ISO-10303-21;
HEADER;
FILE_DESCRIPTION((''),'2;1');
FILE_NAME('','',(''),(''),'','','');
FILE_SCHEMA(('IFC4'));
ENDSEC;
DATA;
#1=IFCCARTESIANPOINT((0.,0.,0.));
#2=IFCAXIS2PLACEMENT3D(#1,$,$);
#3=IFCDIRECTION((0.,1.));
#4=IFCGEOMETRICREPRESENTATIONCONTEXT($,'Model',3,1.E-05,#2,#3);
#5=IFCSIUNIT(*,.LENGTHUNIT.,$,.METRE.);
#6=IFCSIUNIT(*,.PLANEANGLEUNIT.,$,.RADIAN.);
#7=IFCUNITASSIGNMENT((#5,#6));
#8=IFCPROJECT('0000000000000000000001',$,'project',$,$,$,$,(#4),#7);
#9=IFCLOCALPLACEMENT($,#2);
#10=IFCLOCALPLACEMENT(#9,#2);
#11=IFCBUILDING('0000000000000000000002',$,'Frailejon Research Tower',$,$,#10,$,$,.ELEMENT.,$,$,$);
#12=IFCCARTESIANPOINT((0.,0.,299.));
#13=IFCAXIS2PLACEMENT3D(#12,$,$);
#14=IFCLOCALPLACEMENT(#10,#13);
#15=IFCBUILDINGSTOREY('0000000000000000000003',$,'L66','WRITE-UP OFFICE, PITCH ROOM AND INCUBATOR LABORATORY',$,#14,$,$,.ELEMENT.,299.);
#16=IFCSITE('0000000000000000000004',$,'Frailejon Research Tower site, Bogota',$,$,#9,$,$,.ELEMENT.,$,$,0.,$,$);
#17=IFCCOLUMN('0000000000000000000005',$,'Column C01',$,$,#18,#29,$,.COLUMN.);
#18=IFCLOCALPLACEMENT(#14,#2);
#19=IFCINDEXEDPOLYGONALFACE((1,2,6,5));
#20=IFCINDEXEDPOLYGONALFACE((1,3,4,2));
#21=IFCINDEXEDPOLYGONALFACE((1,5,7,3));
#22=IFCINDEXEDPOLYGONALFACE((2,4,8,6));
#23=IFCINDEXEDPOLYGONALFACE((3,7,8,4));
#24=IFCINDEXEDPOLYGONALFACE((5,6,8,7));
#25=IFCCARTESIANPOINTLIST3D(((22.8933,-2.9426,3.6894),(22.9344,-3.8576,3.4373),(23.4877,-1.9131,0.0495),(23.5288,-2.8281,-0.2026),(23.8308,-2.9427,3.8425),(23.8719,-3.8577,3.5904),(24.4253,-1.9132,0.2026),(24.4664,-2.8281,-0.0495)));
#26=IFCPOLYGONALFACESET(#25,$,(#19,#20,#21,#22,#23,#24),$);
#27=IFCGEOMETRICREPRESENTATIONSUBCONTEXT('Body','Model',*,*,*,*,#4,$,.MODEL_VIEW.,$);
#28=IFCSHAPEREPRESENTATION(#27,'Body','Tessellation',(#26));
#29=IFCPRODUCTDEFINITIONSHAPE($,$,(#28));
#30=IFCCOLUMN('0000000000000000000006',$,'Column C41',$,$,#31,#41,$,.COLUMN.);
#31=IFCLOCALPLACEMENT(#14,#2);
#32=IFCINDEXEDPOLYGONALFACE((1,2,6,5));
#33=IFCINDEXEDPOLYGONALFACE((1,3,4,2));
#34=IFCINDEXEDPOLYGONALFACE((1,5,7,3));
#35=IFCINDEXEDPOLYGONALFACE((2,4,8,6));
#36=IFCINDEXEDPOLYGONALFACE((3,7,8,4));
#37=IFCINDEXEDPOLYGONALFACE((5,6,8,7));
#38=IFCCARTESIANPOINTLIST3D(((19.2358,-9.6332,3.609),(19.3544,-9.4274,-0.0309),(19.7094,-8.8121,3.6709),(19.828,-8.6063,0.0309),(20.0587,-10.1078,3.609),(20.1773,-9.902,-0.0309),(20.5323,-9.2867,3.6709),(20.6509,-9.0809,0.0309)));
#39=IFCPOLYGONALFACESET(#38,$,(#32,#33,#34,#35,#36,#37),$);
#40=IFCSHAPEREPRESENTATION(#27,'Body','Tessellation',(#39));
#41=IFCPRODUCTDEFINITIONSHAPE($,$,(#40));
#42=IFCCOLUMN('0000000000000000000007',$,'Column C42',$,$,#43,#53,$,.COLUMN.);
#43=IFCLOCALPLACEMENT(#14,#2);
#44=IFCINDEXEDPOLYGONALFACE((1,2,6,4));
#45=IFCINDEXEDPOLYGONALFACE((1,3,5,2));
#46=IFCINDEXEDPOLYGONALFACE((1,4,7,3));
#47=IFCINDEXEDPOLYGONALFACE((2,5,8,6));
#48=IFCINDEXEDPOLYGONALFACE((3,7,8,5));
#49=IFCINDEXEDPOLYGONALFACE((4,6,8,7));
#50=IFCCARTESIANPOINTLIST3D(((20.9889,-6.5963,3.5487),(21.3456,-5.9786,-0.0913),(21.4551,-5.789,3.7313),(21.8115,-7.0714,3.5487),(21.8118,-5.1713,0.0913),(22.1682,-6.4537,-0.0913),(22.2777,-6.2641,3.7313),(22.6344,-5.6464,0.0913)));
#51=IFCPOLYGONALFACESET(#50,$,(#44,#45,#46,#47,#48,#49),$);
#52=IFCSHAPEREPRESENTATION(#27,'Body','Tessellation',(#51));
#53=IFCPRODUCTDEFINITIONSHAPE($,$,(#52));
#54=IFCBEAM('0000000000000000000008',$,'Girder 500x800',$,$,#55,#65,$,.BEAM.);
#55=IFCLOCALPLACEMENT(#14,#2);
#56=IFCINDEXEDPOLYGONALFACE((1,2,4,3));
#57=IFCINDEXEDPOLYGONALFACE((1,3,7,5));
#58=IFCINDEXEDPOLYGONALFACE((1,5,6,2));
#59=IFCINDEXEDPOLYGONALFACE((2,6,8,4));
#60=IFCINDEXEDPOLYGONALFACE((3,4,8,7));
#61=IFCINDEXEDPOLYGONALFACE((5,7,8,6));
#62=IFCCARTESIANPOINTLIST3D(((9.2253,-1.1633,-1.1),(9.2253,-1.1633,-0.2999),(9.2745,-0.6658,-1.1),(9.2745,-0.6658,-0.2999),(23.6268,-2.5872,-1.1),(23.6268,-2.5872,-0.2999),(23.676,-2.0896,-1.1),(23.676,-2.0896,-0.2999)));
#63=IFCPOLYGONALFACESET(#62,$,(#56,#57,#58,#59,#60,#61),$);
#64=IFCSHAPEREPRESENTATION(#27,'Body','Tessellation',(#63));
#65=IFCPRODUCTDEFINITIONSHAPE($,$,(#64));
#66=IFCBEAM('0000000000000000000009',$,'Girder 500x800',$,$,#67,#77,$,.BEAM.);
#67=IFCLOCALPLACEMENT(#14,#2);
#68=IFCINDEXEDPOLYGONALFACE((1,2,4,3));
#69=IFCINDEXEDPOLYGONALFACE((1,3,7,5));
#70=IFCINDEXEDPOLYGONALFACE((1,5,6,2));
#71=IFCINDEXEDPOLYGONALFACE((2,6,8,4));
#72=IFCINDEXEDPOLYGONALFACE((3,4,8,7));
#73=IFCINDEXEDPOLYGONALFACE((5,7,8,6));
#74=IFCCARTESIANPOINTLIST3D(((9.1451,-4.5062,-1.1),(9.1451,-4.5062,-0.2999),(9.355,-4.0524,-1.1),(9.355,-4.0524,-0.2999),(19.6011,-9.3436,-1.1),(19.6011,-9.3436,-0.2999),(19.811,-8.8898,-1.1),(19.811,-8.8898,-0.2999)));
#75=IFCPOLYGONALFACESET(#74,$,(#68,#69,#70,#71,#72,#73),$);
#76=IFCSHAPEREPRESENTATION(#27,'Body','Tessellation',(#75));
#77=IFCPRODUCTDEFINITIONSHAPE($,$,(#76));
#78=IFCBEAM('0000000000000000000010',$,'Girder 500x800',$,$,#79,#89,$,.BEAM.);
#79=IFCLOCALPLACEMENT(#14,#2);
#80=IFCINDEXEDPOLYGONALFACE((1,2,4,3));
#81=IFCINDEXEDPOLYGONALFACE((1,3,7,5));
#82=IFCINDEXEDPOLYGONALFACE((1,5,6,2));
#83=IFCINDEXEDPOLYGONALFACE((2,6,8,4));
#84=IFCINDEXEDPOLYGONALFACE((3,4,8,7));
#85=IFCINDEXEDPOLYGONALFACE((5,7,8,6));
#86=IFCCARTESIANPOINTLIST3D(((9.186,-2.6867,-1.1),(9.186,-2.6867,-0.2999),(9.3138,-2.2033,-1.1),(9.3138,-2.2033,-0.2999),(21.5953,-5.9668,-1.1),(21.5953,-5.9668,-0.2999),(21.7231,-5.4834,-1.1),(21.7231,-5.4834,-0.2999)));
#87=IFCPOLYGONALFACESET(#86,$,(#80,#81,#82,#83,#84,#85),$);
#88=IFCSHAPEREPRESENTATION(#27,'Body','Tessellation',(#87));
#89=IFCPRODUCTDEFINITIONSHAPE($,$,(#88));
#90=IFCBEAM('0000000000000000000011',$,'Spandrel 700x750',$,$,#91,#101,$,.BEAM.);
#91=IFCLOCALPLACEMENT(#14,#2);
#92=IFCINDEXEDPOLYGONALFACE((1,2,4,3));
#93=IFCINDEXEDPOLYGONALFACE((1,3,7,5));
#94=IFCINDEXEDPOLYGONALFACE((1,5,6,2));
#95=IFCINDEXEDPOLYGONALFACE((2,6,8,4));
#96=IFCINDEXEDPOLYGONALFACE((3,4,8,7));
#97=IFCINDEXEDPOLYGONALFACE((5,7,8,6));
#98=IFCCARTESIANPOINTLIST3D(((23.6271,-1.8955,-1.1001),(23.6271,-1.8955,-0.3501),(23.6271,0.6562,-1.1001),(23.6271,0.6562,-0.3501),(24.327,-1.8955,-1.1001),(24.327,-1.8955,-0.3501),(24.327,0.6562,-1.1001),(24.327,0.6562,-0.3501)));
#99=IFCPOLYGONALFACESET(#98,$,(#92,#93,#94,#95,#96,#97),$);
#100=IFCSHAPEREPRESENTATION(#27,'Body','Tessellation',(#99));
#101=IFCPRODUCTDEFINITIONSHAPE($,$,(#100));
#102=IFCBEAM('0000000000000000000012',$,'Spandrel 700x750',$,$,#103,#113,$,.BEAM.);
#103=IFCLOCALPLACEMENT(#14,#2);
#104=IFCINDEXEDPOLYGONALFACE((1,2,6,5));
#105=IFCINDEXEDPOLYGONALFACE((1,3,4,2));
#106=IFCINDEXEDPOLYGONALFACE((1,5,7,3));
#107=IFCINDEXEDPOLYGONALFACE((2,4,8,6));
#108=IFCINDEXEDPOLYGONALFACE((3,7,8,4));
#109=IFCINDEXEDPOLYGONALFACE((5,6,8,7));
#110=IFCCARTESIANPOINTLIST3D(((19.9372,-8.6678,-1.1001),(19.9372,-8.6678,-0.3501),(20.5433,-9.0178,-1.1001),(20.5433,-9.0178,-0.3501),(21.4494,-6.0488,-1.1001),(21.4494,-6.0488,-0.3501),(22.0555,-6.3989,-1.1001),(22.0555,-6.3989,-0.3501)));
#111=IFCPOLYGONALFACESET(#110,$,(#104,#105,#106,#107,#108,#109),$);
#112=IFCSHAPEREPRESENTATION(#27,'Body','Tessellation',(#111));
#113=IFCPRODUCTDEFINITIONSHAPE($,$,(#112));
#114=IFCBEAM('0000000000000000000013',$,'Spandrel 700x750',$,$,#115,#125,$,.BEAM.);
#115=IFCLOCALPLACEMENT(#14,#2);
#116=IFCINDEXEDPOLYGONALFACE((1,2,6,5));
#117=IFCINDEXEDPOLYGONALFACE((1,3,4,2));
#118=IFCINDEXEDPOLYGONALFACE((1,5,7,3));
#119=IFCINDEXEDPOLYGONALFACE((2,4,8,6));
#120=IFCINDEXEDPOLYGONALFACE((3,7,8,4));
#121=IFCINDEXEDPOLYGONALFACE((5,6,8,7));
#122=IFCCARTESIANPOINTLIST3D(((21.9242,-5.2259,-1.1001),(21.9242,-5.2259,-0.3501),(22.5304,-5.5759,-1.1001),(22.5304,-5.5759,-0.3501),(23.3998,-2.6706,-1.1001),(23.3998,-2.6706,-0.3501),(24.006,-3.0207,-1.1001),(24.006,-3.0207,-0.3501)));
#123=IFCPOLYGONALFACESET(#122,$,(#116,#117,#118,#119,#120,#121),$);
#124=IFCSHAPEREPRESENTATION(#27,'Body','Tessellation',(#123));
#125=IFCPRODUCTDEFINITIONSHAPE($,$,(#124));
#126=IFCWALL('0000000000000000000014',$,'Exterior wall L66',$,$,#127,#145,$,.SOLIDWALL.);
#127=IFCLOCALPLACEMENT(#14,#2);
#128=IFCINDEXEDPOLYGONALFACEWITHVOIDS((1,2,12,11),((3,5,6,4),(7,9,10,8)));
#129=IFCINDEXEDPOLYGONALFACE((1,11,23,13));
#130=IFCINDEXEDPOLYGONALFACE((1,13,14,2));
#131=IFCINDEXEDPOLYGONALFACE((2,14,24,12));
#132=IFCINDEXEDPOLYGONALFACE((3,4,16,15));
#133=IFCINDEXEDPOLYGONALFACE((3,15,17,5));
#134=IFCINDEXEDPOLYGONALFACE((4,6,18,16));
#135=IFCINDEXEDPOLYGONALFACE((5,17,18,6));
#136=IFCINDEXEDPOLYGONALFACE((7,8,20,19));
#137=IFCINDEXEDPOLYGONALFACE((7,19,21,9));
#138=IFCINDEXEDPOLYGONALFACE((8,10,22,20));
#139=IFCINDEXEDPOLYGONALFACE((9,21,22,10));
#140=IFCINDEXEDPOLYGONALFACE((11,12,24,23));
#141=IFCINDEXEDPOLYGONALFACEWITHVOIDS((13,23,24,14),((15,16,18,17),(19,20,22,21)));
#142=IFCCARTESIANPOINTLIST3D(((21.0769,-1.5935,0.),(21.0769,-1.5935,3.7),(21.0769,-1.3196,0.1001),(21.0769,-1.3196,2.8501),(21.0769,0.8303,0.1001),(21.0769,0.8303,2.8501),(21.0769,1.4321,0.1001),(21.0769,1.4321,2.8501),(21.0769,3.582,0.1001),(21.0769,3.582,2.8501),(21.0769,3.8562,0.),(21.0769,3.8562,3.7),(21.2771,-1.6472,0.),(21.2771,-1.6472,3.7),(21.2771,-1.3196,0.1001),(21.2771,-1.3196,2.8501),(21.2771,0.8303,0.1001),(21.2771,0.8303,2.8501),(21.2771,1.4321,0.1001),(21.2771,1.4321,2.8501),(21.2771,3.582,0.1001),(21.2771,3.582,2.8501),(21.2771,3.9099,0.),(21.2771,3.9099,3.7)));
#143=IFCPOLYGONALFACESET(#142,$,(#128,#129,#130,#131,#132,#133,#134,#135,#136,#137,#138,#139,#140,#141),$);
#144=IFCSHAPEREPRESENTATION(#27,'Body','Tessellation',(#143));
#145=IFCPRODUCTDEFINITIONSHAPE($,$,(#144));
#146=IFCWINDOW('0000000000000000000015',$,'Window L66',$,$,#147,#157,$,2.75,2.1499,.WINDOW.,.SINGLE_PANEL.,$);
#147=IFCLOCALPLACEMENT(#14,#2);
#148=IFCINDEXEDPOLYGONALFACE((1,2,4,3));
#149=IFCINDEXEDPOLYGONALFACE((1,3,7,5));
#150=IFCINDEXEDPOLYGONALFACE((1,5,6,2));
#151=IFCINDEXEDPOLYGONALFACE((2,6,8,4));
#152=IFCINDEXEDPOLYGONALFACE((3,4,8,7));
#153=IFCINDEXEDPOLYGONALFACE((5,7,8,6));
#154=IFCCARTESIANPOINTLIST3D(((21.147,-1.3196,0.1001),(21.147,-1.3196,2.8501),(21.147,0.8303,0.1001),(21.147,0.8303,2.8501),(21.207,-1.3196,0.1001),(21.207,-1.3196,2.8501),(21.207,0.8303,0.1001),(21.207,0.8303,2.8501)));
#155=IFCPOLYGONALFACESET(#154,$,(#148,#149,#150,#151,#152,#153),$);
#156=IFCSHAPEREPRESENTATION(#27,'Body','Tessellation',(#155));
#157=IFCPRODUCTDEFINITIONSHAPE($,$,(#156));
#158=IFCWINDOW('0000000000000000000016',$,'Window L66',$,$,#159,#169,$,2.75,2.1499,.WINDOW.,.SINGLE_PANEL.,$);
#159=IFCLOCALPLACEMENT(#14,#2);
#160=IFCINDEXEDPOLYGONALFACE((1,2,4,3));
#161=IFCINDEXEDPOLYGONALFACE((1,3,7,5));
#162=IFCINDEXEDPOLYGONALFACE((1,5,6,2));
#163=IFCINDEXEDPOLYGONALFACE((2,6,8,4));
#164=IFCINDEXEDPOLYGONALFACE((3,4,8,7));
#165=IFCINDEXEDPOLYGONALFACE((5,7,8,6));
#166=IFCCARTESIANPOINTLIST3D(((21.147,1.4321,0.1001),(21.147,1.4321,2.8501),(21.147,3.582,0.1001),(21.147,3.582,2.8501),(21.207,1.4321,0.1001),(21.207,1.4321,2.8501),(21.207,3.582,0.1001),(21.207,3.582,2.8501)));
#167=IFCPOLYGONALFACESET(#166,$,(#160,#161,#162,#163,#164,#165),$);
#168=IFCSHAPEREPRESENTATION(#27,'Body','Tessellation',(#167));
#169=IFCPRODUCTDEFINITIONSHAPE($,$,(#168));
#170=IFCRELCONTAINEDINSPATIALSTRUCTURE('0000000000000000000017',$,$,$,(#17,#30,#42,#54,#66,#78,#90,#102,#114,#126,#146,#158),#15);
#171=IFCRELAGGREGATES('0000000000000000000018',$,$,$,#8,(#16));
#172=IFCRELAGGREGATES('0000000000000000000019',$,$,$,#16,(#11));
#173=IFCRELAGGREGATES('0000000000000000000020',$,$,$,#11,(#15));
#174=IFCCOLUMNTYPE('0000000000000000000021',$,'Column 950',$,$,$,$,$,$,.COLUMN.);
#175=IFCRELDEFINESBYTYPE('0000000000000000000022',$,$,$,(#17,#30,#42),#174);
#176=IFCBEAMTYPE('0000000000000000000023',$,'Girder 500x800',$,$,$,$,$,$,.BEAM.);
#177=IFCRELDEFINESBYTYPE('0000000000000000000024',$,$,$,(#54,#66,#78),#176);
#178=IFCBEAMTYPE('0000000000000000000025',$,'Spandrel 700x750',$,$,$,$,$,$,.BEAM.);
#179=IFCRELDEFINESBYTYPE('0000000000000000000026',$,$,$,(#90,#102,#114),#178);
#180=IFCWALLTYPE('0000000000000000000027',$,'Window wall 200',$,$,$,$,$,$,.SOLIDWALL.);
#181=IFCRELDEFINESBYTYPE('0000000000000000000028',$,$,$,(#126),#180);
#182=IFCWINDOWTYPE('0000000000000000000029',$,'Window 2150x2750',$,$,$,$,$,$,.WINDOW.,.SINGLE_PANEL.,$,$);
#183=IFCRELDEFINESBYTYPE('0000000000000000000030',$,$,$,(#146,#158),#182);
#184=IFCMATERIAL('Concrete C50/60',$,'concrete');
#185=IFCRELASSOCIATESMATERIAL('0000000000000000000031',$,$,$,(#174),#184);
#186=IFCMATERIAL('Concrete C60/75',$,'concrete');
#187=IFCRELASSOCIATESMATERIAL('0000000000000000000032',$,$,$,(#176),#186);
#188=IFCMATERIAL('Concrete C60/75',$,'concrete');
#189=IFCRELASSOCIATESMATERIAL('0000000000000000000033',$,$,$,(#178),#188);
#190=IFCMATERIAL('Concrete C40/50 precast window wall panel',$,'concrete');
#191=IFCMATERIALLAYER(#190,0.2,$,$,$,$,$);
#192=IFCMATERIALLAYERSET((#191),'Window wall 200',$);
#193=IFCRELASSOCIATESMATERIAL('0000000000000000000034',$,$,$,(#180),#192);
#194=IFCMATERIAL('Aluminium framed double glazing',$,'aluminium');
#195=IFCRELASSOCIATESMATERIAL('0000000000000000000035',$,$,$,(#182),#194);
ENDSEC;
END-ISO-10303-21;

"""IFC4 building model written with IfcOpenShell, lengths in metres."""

from ifc_helpers import new_model, si_unit, direction, frame, frame_2d, origin, origin_2d, place, context, subcontext, project, spatial, polyline, rectangle, outline, extrude, material, layer, layer_set, material_profile, profile_set, type_object, element, fill, save


model = new_model("IFC4")

# Units and contexts
model_context = context("Model", 3, precision=1e-05, world=origin(), true_north=direction((0.0, 1.0)))
body_context = subcontext(model_context, "Body", "Model", "MODEL_VIEW")
ifc_project = project(units=[si_unit("LENGTHUNIT", "METRE"), si_unit("PLANEANGLEUNIT", "RADIAN")], contexts=[model_context])

# Site, building, storey
site_placement = place(None, origin())
site = spatial("IfcSite", under=ifc_project, at=site_placement, Name="Frailejon Research Tower site, Bogota", CompositionType="ELEMENT", RefElevation=0.0)
building_placement = place(site_placement, origin())
building = spatial("IfcBuilding", under=site, at=building_placement, Name="Frailejon Research Tower", CompositionType="ELEMENT")
storey_placement = place(building_placement, frame((0.0, 0.0, 299.0)))
storey = spatial("IfcBuildingStorey", under=building, at=storey_placement, Name="L66", Description="WRITE-UP OFFICE, PITCH ROOM AND INCUBATOR LABORATORY", CompositionType="ELEMENT", Elevation=299.0)

# Columns
ifc_material_1 = material(Name="Concrete C50/60", Category="concrete")
ifc_material_profile_1 = material_profile(ifc_material_1, rectangle(XDim=0.95, YDim=0.95, at=origin_2d()), Name="Column 950")
ifc_profile_set_1 = profile_set([ifc_material_profile_1], Name="Concrete C50/60")
column_type = type_object("IfcColumnType", Name="Column 950", PredefinedType="COLUMN", material=ifc_profile_set_1)
column_1_placement = place(storey_placement, frame((23.9771, -2.3706, 0.0), z_axis=(-0.155253, -0.268871, 0.950581), x_axis=(-0.043271, 0.963176, 0.265366)))
element("IfcColumn", 1, at=column_1_placement, inside=storey, type_object=column_type, Name="Column C01", PredefinedType="COLUMN", context=body_context, shape_type="SweptSolid", body=[
    extrude(rectangle(XDim=0.95, YDim=0.95, at=origin_2d()), origin(), (0.0, 0.0, 1.0), 3.8291),
])
column_2_placement = place(storey_placement, frame((20.0027, -9.2542, 0.0), z_axis=(-0.032529, -0.056423, 0.997877), x_axis=(0.498551, 0.86441, 0.065128)))
element("IfcColumn", 2, at=column_2_placement, inside=storey, type_object=column_type, Name="Column C41", PredefinedType="COLUMN", context=body_context, shape_type="SweptSolid", body=[
    extrude(rectangle(XDim=0.95, YDim=0.95, at=origin_2d()), origin(), (0.0, 0.0, 1.0), 3.6477),
])
column_3_placement = place(storey_placement, frame((21.99, -5.8125, 0.0), z_axis=(-0.096166, -0.166529, 0.981336), x_axis=(0.490749, 0.849815, 0.192301)))
element("IfcColumn", 3, at=column_3_placement, inside=storey, type_object=column_type, Name="Column C42", PredefinedType="COLUMN", context=body_context, shape_type="SweptSolid", body=[
    extrude(rectangle(XDim=0.95, YDim=0.95, at=origin_2d()), origin(), (0.0, 0.0, 1.0), 3.7092),
])

# Beams
ifc_material_2 = material(Name="Concrete C60/75", Category="concrete")
ifc_material_profile_2 = material_profile(ifc_material_2, rectangle(XDim=0.5, YDim=0.8, at=origin_2d()), Name="Girder 500x800")
ifc_profile_set_2 = profile_set([ifc_material_profile_2], Name="Concrete C60/75")
beam_type_1 = type_object("IfcBeamType", Name="Girder 500x800", PredefinedType="BEAM", material=ifc_profile_set_2)
beam_1_placement = place(storey_placement, frame((23.6514, -2.3384, -0.7), z_axis=(-0.995148, 0.098388, 0.0), x_axis=(-0.098388, -0.995148, 0.0)))
element("IfcBeam", 4, at=beam_1_placement, inside=storey, type_object=beam_type_1, Name="Girder 500x800", PredefinedType="BEAM", context=body_context, shape_type="SweptSolid", body=[
    extrude(rectangle(XDim=0.5, YDim=0.8, at=origin_2d()), origin(), (0.0, 0.0, 1.0), 14.4717),
])
beam_2_placement = place(storey_placement, frame((19.7061, -9.1167, -0.7), z_axis=(-0.907578, 0.419883, 0.0), x_axis=(-0.419883, -0.907578, 0.0)))
element("IfcBeam", 5, at=beam_2_placement, inside=storey, type_object=beam_type_1, Name="Girder 500x800", PredefinedType="BEAM", context=body_context, shape_type="SweptSolid", body=[
    extrude(rectangle(XDim=0.5, YDim=0.8, at=origin_2d()), origin(), (0.0, 0.0, 1.0), 11.5208),
])
beam_3_placement = place(storey_placement, frame((21.6592, -5.7251, -0.7), z_axis=(-0.966797, 0.255546, 0.0), x_axis=(-0.255546, -0.966797, 0.0)))
element("IfcBeam", 6, at=beam_3_placement, inside=storey, type_object=beam_type_1, Name="Girder 500x800", PredefinedType="BEAM", context=body_context, shape_type="SweptSolid", body=[
    extrude(rectangle(XDim=0.5, YDim=0.8, at=origin_2d()), origin(), (0.0, 0.0, 1.0), 12.8354),
])
ifc_material_3 = material(Name="Concrete C60/75", Category="concrete")
ifc_material_profile_3 = material_profile(ifc_material_3, rectangle(XDim=0.7, YDim=0.75, at=origin_2d()), Name="Spandrel 700x750")
ifc_profile_set_3 = profile_set([ifc_material_profile_3], Name="Concrete C60/75")
beam_type_2 = type_object("IfcBeamType", Name="Spandrel 700x750", PredefinedType="BEAM", material=ifc_profile_set_3)
beam_4_placement = place(storey_placement, frame((23.9771, -1.8955, -0.7251), z_axis=(0.0, 1.0, 0.0), x_axis=(-1.0, 0.0, 0.0)))
element("IfcBeam", 7, at=beam_4_placement, inside=storey, type_object=beam_type_2, Name="Spandrel 700x750", PredefinedType="BEAM", context=body_context, shape_type="SweptSolid", body=[
    extrude(rectangle(XDim=0.7, YDim=0.75, at=origin_2d()), origin(), (0.0, 0.0, 1.0), 2.5518),
])
beam_5_placement = place(storey_placement, frame((20.2402, -8.8428, -0.7251), z_axis=(0.500046, 0.865999, 0.0), x_axis=(-0.865999, 0.500046, 0.0)))
element("IfcBeam", 8, at=beam_5_placement, inside=storey, type_object=beam_type_2, Name="Spandrel 700x750", PredefinedType="BEAM", context=body_context, shape_type="SweptSolid", body=[
    extrude(rectangle(XDim=0.7, YDim=0.75, at=origin_2d()), origin(), (0.0, 0.0, 1.0), 3.0242),
])
beam_6_placement = place(storey_placement, frame((22.2273, -5.4009, -0.7251), z_axis=(0.50009, 0.865973, 0.0), x_axis=(-0.865973, 0.50009, 0.0)))
element("IfcBeam", 9, at=beam_6_placement, inside=storey, type_object=beam_type_2, Name="Spandrel 700x750", PredefinedType="BEAM", context=body_context, shape_type="SweptSolid", body=[
    extrude(rectangle(XDim=0.7, YDim=0.75, at=origin_2d()), origin(), (0.0, 0.0, 1.0), 2.9507),
])

# Wall, openings, windows
ifc_material_4 = material(Name="Concrete C40/50 precast window wall panel", Category="concrete")
ifc_layer_1 = layer(ifc_material_4, 0.2)
ifc_layer_set_1 = layer_set([ifc_layer_1], Name="Window wall 200")
wall_type = type_object("IfcWallType", Name="Window wall 200", PredefinedType="SOLIDWALL", material=ifc_layer_set_1)
wall_placement = place(storey_placement, frame((21.177, -1.6204, 0.0), z_axis=(0.0, 0.0, 1.0), x_axis=(0.0, 1.0, 0.0)))
wall = element("IfcWall", 10, at=wall_placement, inside=storey, type_object=wall_type, Name="Exterior wall L66", PredefinedType="SOLIDWALL", context=body_context, shape_type="SweptSolid", body=[
    extrude(outline(polyline([(-0.0269, -0.1001), (1.0845, -0.1001), (2.196, -0.1001), (3.3074, -0.1001), (4.4189, -0.1001), (5.5303, -0.1001), (5.4766, 0.1001), (4.3867, 0.1001), (3.2966, 0.1001), (2.2068, 0.1001), (1.1167, 0.1001), (0.0269, 0.1001), (-0.0269, -0.1001)])), origin(), (0.0, 0.0, 1.0), 3.7),
])
opening_1_placement = place(wall_placement, frame((0.3008, 0.0, 0.1001)))
opening_1 = element("IfcOpeningElement", 11, at=opening_1_placement, cuts=wall, PredefinedType="OPENING", context=body_context, shape_type="SweptSolid", body=[
    extrude(rectangle(XDim=2.1499, YDim=2.75, at=frame_2d((1.075, 1.375))), frame((0.0, 0.1099, 0.0), z_axis=(0.0, -1.0, 0.0), x_axis=(1.0, 0.0, 0.0)), (0.0, 0.0, 1.0), 0.22),
])
opening_2_placement = place(wall_placement, frame((3.0525, 0.0, 0.1001)))
opening_2 = element("IfcOpeningElement", 12, at=opening_2_placement, cuts=wall, PredefinedType="OPENING", context=body_context, shape_type="SweptSolid", body=[
    extrude(rectangle(XDim=2.1499, YDim=2.75, at=frame_2d((1.075, 1.375))), frame((0.0, 0.1099, 0.0), z_axis=(0.0, -1.0, 0.0), x_axis=(1.0, 0.0, 0.0)), (0.0, 0.0, 1.0), 0.22),
])
ifc_material_5 = material(Name="Aluminium framed double glazing", Category="aluminium")
window_type = type_object("IfcWindowType", Name="Window 2150x2750", PartitioningType="SINGLE_PANEL", PredefinedType="WINDOW", material=ifc_material_5)
window_1_placement = place(opening_1_placement, origin())
window_1 = element("IfcWindow", 13, at=window_1_placement, inside=storey, type_object=window_type, Name="Window L66", OverallHeight=2.75, OverallWidth=2.1499, PartitioningType="SINGLE_PANEL", PredefinedType="WINDOW", context=body_context, shape_type="SweptSolid", body=[
    extrude(rectangle(XDim=2.1499, YDim=2.75, at=frame_2d((1.075, 1.375))), frame((0.0, 0.03, 0.0), z_axis=(0.0, -1.0, 0.0), x_axis=(1.0, 0.0, 0.0)), (0.0, 0.0, 1.0), 0.0601),
])
fill(opening_1, window_1)
window_2_placement = place(opening_2_placement, origin())
window_2 = element("IfcWindow", 14, at=window_2_placement, inside=storey, type_object=window_type, Name="Window L66", OverallHeight=2.75, OverallWidth=2.1499, PartitioningType="SINGLE_PANEL", PredefinedType="WINDOW", context=body_context, shape_type="SweptSolid", body=[
    extrude(rectangle(XDim=2.1499, YDim=2.75, at=frame_2d((1.075, 1.375))), frame((0.0, 0.03, 0.0), z_axis=(0.0, -1.0, 0.0), x_axis=(1.0, 0.0, 0.0)), (0.0, 0.0, 1.0), 0.0601),
])
fill(opening_2, window_2)

save(model, "model.ifc")
